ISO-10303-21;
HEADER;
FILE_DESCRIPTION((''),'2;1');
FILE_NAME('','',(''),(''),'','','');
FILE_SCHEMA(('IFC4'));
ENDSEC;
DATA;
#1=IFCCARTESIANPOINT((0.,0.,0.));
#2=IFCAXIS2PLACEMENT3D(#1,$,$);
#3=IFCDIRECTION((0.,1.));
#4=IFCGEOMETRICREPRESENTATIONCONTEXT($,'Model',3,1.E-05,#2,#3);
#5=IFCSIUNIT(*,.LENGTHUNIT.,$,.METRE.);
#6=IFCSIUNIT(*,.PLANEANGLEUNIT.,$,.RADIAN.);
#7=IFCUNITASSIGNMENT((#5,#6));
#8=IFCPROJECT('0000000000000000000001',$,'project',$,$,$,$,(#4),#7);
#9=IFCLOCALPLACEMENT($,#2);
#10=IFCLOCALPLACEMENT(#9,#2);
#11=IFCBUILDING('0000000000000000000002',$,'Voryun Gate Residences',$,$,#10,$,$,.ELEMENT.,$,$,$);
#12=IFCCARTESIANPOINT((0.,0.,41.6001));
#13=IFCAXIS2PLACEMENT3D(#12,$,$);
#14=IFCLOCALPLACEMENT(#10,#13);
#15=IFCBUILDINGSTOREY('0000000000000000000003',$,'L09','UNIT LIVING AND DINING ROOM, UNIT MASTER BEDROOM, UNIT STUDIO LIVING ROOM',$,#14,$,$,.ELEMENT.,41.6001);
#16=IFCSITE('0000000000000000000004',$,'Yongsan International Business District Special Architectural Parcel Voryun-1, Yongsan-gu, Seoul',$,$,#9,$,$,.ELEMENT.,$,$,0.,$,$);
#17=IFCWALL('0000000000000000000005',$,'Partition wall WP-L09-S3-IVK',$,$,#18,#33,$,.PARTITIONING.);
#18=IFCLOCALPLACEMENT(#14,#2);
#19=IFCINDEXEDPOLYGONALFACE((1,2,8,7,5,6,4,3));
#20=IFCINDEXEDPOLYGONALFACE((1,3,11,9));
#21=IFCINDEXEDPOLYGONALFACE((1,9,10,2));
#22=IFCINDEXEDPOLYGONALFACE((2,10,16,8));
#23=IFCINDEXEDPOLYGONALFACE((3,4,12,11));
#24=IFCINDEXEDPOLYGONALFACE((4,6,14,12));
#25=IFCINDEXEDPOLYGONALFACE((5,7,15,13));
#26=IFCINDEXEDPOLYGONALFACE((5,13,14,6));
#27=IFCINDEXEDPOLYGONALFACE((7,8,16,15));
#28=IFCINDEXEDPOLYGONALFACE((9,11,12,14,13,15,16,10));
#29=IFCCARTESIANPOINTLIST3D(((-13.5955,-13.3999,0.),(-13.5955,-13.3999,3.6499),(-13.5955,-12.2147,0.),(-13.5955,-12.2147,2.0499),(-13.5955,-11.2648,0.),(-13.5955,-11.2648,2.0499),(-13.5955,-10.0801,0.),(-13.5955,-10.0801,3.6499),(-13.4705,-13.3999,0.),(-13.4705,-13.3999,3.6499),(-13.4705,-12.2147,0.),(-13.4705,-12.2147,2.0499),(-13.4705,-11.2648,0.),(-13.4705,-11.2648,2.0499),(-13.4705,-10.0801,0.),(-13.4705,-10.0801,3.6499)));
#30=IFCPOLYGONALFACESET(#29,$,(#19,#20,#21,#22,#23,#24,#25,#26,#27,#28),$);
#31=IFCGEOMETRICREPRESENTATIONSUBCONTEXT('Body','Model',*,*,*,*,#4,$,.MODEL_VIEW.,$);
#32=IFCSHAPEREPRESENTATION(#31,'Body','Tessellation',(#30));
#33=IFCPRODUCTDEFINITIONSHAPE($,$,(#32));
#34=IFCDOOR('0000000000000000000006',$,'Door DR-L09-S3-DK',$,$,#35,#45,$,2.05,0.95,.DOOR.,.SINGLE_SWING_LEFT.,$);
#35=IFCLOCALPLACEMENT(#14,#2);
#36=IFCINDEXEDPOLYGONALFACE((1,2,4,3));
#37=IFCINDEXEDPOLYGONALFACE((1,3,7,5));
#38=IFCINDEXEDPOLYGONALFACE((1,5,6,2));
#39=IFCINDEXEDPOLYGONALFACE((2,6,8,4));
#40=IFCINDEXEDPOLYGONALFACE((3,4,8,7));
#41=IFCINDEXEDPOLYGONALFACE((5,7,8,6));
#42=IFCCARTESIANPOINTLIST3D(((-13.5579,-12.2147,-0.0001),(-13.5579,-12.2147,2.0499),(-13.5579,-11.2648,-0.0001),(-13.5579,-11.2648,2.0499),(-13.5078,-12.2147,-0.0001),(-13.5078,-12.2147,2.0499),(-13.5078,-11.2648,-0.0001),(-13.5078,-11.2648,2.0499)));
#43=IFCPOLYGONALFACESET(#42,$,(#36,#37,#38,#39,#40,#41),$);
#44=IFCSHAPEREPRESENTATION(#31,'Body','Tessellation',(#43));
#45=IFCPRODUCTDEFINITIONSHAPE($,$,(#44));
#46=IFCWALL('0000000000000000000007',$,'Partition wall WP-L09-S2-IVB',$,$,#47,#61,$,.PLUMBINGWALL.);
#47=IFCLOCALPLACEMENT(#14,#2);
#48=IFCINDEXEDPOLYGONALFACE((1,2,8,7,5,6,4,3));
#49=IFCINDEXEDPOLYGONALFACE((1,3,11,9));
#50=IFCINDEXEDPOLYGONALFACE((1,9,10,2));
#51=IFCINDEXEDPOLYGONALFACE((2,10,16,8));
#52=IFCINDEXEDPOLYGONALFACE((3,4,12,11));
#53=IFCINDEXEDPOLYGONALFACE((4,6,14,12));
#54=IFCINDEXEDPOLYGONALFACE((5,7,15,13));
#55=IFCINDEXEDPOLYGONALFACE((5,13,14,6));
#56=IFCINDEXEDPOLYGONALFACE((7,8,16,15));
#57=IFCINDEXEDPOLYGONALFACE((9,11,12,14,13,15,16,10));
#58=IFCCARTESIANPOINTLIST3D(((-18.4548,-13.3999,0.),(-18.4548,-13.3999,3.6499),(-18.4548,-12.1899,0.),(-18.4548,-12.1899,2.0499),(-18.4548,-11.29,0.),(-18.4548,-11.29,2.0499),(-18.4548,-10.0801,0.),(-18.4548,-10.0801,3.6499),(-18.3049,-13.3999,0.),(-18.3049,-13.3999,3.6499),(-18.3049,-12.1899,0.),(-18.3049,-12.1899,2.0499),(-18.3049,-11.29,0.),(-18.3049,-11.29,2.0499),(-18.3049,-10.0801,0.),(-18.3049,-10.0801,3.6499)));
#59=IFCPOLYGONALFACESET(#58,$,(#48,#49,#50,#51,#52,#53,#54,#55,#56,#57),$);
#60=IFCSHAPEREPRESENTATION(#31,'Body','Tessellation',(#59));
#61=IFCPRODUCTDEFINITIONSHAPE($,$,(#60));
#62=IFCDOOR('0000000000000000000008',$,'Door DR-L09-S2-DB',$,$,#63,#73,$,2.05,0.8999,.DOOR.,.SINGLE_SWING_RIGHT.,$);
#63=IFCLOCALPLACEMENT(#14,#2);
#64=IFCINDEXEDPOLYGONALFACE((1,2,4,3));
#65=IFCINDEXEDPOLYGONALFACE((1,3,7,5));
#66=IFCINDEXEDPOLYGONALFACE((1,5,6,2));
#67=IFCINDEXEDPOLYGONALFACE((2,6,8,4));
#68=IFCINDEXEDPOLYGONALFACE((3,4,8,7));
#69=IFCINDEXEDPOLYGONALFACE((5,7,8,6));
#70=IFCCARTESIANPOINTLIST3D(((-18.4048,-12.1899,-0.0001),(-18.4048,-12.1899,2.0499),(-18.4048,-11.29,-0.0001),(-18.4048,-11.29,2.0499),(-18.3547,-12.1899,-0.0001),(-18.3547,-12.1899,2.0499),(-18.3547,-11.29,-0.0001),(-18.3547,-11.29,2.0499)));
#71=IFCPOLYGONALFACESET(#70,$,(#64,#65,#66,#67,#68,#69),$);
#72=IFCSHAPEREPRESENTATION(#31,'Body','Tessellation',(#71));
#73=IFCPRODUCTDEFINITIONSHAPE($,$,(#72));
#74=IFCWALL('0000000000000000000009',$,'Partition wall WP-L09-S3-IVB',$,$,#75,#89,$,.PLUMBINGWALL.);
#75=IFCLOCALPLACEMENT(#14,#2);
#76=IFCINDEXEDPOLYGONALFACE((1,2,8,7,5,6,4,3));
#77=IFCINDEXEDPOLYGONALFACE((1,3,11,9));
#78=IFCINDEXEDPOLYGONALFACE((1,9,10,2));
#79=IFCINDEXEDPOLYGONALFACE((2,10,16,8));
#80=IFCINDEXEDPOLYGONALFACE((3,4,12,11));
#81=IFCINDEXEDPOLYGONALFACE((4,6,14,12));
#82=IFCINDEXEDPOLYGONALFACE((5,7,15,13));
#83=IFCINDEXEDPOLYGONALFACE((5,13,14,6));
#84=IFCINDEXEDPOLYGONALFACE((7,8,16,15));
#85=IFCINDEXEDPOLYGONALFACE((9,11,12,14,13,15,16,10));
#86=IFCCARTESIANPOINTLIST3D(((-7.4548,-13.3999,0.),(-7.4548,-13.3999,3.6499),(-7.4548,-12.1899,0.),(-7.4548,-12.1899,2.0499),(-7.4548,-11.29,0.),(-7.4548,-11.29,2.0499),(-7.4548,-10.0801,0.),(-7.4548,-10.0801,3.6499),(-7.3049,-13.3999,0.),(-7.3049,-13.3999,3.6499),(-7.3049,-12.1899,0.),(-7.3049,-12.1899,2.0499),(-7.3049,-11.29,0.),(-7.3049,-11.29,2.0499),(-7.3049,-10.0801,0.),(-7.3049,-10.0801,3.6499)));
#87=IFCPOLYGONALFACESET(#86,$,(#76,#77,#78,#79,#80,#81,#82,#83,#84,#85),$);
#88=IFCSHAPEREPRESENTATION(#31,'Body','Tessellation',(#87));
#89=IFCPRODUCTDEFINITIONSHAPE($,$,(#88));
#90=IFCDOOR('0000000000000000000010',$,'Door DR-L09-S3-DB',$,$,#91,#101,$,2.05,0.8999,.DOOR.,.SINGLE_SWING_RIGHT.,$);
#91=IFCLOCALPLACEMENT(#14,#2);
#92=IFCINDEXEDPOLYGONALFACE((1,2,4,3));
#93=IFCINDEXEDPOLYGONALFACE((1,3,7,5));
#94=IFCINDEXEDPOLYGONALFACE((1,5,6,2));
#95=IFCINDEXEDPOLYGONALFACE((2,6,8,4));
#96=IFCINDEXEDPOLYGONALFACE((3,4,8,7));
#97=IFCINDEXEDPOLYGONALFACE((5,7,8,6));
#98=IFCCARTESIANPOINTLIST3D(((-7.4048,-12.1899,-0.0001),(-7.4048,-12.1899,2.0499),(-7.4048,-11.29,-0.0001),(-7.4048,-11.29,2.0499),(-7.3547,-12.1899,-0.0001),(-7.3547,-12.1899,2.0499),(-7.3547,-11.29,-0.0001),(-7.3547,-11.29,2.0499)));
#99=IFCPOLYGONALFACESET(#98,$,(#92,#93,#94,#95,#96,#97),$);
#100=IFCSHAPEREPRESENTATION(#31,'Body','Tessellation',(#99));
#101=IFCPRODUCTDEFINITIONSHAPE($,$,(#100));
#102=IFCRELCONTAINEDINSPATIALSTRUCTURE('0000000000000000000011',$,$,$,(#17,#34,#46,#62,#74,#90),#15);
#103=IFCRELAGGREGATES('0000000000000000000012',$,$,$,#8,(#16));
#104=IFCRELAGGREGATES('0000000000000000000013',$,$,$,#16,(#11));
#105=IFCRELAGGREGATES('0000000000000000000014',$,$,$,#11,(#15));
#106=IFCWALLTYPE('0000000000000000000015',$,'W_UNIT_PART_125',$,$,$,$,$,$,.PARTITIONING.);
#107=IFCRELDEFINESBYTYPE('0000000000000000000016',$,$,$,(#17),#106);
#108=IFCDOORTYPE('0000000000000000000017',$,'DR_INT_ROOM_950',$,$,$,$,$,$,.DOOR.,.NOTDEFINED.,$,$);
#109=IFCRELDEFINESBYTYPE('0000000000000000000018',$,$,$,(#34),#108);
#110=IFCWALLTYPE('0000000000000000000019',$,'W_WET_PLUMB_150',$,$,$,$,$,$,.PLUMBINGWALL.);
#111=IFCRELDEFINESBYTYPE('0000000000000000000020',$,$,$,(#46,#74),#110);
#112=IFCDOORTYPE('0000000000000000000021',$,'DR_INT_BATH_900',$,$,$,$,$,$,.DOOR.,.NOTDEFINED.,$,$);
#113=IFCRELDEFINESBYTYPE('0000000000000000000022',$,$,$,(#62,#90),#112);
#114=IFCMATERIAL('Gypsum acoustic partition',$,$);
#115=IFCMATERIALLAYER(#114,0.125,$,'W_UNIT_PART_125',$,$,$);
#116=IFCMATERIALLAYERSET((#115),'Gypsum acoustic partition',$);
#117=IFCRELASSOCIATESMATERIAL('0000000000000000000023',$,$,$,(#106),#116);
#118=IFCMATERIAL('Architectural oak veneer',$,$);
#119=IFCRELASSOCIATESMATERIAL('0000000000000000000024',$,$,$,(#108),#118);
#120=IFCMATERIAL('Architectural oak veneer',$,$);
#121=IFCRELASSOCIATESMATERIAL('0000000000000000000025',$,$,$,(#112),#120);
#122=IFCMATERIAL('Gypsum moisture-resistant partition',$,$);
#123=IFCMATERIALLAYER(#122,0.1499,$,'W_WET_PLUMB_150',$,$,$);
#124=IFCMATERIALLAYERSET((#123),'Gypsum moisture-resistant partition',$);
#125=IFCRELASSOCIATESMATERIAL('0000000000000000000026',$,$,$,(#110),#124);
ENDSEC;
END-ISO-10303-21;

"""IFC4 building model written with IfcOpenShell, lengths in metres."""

from ifc_helpers import new_model, si_unit, direction, frame, frame_2d, origin, place, context, subcontext, project, spatial, rectangle, extrude, material, layer, layer_set, type_object, element, fill, save


model = new_model("IFC4")

# Units and contexts
model_context = context("Model", 3, precision=1e-05, world=origin(), true_north=direction((0.0, 1.0)))
body_context = subcontext(model_context, "Body", "Model", "MODEL_VIEW")
ifc_project = project(units=[si_unit("LENGTHUNIT", "METRE"), si_unit("PLANEANGLEUNIT", "RADIAN")], contexts=[model_context])

# Site, building, storey
site_placement = place(None, origin())
site = spatial("IfcSite", under=ifc_project, at=site_placement, Name="Yongsan International Business District Special Architectural Parcel Voryun-1, Yongsan-gu, Seoul", CompositionType="ELEMENT", RefElevation=0.0)
building_placement = place(site_placement, origin())
building = spatial("IfcBuilding", under=site, at=building_placement, Name="Voryun Gate Residences", CompositionType="ELEMENT")
storey_placement = place(building_placement, frame((0.0, 0.0, 41.6001)))
storey = spatial("IfcBuildingStorey", under=building, at=storey_placement, Name="L09", Description="UNIT LIVING AND DINING ROOM, UNIT MASTER BEDROOM, UNIT STUDIO LIVING ROOM", CompositionType="ELEMENT", Elevation=41.6001)

# Walls, openings, doors
ifc_material_1 = material(Name="Gypsum acoustic partition")
ifc_layer_1 = layer(ifc_material_1, 0.125, Name="W_UNIT_PART_125")
ifc_layer_set_1 = layer_set([ifc_layer_1], Name="Gypsum acoustic partition")
wall_type_1 = type_object("IfcWallType", Name="W_UNIT_PART_125", PredefinedType="PARTITIONING", material=ifc_layer_set_1)
ifc_material_2 = material(Name="Architectural oak veneer")
door_type_1 = type_object("IfcDoorType", Name="DR_INT_ROOM_950", OperationType="NOTDEFINED", PredefinedType="DOOR", material=ifc_material_2)
ifc_material_3 = material(Name="Architectural oak veneer")
door_type_2 = type_object("IfcDoorType", Name="DR_INT_BATH_900", OperationType="NOTDEFINED", PredefinedType="DOOR", material=ifc_material_3)
wall_1_placement = place(storey_placement, frame((-13.533, -13.3999, 0.0), z_axis=(0.0, 0.0, 1.0), x_axis=(0.0, 1.0, 0.0)))
wall_1 = element("IfcWall", 1, at=wall_1_placement, inside=storey, type_object=wall_type_1, Name="Partition wall WP-L09-S3-IVK", PredefinedType="PARTITIONING", context=body_context, shape_type="SweptSolid", body=[
    extrude(rectangle(XDim=3.3198, YDim=0.125, at=frame_2d((1.6599, 0.0))), origin(), (0.0, 0.0, 1.0), 3.6499),
])
opening_1_placement = place(wall_1_placement, frame((1.1851, 0.0, 0.0)))
opening_1 = element("IfcOpeningElement", 2, at=opening_1_placement, cuts=wall_1, PredefinedType="OPENING", context=body_context, shape_type="SweptSolid", body=[
    extrude(rectangle(XDim=0.95, YDim=2.05, at=frame_2d((0.4751, 1.0249))), frame((0.0, 0.0725, 0.0), z_axis=(0.0, -1.0, 0.0), x_axis=(1.0, 0.0, 0.0)), (0.0, 0.0, 1.0), 0.145),
])
door_1_placement = place(opening_1_placement, origin())
door_1 = element("IfcDoor", 3, at=door_1_placement, inside=storey, type_object=door_type_1, Name="Door DR-L09-S3-DK", OperationType="SINGLE_SWING_LEFT", OverallHeight=2.05, OverallWidth=0.95, PredefinedType="DOOR", context=body_context, shape_type="SweptSolid", body=[
    extrude(rectangle(XDim=0.95, YDim=2.05, at=frame_2d((0.4751, 1.0249))), frame((0.0, 0.0249, 0.0), z_axis=(0.0, -1.0, 0.0), x_axis=(1.0, 0.0, 0.0)), (0.0, 0.0, 1.0), 0.05),
])
fill(opening_1, door_1)
ifc_material_4 = material(Name="Gypsum moisture-resistant partition")
ifc_layer_2 = layer(ifc_material_4, 0.1499, Name="W_WET_PLUMB_150")
ifc_layer_set_2 = layer_set([ifc_layer_2], Name="Gypsum moisture-resistant partition")
wall_type_2 = type_object("IfcWallType", Name="W_WET_PLUMB_150", PredefinedType="PLUMBINGWALL", material=ifc_layer_set_2)
wall_2_placement = place(storey_placement, frame((-18.3799, -13.3999, 0.0), z_axis=(0.0, 0.0, 1.0), x_axis=(0.0, 1.0, 0.0)))
wall_2 = element("IfcWall", 4, at=wall_2_placement, inside=storey, type_object=wall_type_2, Name="Partition wall WP-L09-S2-IVB", PredefinedType="PLUMBINGWALL", context=body_context, shape_type="SweptSolid", body=[
    extrude(rectangle(XDim=3.3198, YDim=0.1499, at=frame_2d((1.6599, 0.0))), origin(), (0.0, 0.0, 1.0), 3.6499),
])
opening_2_placement = place(wall_2_placement, frame((1.21, 0.0, 0.0)))
opening_2 = element("IfcOpeningElement", 5, at=opening_2_placement, cuts=wall_2, PredefinedType="OPENING", context=body_context, shape_type="SweptSolid", body=[
    extrude(rectangle(XDim=0.8999, YDim=2.05, at=frame_2d((0.45, 1.0249))), frame((0.0, 0.085, 0.0), z_axis=(0.0, -1.0, 0.0), x_axis=(1.0, 0.0, 0.0)), (0.0, 0.0, 1.0), 0.1699),
])
door_2_placement = place(opening_2_placement, origin())
door_2 = element("IfcDoor", 6, at=door_2_placement, inside=storey, type_object=door_type_2, Name="Door DR-L09-S2-DB", OperationType="SINGLE_SWING_RIGHT", OverallHeight=2.05, OverallWidth=0.8999, PredefinedType="DOOR", context=body_context, shape_type="SweptSolid", body=[
    extrude(rectangle(XDim=0.8999, YDim=2.05, at=frame_2d((0.45, 1.0249))), frame((0.0, 0.0249, 0.0), z_axis=(0.0, -1.0, 0.0), x_axis=(1.0, 0.0, 0.0)), (0.0, 0.0, 1.0), 0.05),
])
fill(opening_2, door_2)
wall_3_placement = place(storey_placement, frame((-7.3799, -13.3999, 0.0), z_axis=(0.0, 0.0, 1.0), x_axis=(0.0, 1.0, 0.0)))
wall_3 = element("IfcWall", 7, at=wall_3_placement, inside=storey, type_object=wall_type_2, Name="Partition wall WP-L09-S3-IVB", PredefinedType="PLUMBINGWALL", context=body_context, shape_type="SweptSolid", body=[
    extrude(rectangle(XDim=3.3198, YDim=0.1499, at=frame_2d((1.6599, 0.0))), origin(), (0.0, 0.0, 1.0), 3.6499),
])
opening_3_placement = place(wall_3_placement, frame((1.21, 0.0, 0.0)))
opening_3 = element("IfcOpeningElement", 8, at=opening_3_placement, cuts=wall_3, PredefinedType="OPENING", context=body_context, shape_type="SweptSolid", body=[
    extrude(rectangle(XDim=0.8999, YDim=2.05, at=frame_2d((0.45, 1.0249))), frame((0.0, 0.085, 0.0), z_axis=(0.0, -1.0, 0.0), x_axis=(1.0, 0.0, 0.0)), (0.0, 0.0, 1.0), 0.1699),
])
door_3_placement = place(opening_3_placement, origin())
door_3 = element("IfcDoor", 9, at=door_3_placement, inside=storey, type_object=door_type_2, Name="Door DR-L09-S3-DB", OperationType="SINGLE_SWING_RIGHT", OverallHeight=2.05, OverallWidth=0.8999, PredefinedType="DOOR", context=body_context, shape_type="SweptSolid", body=[
    extrude(rectangle(XDim=0.8999, YDim=2.05, at=frame_2d((0.45, 1.0249))), frame((0.0, 0.0249, 0.0), z_axis=(0.0, -1.0, 0.0), x_axis=(1.0, 0.0, 0.0)), (0.0, 0.0, 1.0), 0.05),
])
fill(opening_3, door_3)

save(model, "model.ifc")
